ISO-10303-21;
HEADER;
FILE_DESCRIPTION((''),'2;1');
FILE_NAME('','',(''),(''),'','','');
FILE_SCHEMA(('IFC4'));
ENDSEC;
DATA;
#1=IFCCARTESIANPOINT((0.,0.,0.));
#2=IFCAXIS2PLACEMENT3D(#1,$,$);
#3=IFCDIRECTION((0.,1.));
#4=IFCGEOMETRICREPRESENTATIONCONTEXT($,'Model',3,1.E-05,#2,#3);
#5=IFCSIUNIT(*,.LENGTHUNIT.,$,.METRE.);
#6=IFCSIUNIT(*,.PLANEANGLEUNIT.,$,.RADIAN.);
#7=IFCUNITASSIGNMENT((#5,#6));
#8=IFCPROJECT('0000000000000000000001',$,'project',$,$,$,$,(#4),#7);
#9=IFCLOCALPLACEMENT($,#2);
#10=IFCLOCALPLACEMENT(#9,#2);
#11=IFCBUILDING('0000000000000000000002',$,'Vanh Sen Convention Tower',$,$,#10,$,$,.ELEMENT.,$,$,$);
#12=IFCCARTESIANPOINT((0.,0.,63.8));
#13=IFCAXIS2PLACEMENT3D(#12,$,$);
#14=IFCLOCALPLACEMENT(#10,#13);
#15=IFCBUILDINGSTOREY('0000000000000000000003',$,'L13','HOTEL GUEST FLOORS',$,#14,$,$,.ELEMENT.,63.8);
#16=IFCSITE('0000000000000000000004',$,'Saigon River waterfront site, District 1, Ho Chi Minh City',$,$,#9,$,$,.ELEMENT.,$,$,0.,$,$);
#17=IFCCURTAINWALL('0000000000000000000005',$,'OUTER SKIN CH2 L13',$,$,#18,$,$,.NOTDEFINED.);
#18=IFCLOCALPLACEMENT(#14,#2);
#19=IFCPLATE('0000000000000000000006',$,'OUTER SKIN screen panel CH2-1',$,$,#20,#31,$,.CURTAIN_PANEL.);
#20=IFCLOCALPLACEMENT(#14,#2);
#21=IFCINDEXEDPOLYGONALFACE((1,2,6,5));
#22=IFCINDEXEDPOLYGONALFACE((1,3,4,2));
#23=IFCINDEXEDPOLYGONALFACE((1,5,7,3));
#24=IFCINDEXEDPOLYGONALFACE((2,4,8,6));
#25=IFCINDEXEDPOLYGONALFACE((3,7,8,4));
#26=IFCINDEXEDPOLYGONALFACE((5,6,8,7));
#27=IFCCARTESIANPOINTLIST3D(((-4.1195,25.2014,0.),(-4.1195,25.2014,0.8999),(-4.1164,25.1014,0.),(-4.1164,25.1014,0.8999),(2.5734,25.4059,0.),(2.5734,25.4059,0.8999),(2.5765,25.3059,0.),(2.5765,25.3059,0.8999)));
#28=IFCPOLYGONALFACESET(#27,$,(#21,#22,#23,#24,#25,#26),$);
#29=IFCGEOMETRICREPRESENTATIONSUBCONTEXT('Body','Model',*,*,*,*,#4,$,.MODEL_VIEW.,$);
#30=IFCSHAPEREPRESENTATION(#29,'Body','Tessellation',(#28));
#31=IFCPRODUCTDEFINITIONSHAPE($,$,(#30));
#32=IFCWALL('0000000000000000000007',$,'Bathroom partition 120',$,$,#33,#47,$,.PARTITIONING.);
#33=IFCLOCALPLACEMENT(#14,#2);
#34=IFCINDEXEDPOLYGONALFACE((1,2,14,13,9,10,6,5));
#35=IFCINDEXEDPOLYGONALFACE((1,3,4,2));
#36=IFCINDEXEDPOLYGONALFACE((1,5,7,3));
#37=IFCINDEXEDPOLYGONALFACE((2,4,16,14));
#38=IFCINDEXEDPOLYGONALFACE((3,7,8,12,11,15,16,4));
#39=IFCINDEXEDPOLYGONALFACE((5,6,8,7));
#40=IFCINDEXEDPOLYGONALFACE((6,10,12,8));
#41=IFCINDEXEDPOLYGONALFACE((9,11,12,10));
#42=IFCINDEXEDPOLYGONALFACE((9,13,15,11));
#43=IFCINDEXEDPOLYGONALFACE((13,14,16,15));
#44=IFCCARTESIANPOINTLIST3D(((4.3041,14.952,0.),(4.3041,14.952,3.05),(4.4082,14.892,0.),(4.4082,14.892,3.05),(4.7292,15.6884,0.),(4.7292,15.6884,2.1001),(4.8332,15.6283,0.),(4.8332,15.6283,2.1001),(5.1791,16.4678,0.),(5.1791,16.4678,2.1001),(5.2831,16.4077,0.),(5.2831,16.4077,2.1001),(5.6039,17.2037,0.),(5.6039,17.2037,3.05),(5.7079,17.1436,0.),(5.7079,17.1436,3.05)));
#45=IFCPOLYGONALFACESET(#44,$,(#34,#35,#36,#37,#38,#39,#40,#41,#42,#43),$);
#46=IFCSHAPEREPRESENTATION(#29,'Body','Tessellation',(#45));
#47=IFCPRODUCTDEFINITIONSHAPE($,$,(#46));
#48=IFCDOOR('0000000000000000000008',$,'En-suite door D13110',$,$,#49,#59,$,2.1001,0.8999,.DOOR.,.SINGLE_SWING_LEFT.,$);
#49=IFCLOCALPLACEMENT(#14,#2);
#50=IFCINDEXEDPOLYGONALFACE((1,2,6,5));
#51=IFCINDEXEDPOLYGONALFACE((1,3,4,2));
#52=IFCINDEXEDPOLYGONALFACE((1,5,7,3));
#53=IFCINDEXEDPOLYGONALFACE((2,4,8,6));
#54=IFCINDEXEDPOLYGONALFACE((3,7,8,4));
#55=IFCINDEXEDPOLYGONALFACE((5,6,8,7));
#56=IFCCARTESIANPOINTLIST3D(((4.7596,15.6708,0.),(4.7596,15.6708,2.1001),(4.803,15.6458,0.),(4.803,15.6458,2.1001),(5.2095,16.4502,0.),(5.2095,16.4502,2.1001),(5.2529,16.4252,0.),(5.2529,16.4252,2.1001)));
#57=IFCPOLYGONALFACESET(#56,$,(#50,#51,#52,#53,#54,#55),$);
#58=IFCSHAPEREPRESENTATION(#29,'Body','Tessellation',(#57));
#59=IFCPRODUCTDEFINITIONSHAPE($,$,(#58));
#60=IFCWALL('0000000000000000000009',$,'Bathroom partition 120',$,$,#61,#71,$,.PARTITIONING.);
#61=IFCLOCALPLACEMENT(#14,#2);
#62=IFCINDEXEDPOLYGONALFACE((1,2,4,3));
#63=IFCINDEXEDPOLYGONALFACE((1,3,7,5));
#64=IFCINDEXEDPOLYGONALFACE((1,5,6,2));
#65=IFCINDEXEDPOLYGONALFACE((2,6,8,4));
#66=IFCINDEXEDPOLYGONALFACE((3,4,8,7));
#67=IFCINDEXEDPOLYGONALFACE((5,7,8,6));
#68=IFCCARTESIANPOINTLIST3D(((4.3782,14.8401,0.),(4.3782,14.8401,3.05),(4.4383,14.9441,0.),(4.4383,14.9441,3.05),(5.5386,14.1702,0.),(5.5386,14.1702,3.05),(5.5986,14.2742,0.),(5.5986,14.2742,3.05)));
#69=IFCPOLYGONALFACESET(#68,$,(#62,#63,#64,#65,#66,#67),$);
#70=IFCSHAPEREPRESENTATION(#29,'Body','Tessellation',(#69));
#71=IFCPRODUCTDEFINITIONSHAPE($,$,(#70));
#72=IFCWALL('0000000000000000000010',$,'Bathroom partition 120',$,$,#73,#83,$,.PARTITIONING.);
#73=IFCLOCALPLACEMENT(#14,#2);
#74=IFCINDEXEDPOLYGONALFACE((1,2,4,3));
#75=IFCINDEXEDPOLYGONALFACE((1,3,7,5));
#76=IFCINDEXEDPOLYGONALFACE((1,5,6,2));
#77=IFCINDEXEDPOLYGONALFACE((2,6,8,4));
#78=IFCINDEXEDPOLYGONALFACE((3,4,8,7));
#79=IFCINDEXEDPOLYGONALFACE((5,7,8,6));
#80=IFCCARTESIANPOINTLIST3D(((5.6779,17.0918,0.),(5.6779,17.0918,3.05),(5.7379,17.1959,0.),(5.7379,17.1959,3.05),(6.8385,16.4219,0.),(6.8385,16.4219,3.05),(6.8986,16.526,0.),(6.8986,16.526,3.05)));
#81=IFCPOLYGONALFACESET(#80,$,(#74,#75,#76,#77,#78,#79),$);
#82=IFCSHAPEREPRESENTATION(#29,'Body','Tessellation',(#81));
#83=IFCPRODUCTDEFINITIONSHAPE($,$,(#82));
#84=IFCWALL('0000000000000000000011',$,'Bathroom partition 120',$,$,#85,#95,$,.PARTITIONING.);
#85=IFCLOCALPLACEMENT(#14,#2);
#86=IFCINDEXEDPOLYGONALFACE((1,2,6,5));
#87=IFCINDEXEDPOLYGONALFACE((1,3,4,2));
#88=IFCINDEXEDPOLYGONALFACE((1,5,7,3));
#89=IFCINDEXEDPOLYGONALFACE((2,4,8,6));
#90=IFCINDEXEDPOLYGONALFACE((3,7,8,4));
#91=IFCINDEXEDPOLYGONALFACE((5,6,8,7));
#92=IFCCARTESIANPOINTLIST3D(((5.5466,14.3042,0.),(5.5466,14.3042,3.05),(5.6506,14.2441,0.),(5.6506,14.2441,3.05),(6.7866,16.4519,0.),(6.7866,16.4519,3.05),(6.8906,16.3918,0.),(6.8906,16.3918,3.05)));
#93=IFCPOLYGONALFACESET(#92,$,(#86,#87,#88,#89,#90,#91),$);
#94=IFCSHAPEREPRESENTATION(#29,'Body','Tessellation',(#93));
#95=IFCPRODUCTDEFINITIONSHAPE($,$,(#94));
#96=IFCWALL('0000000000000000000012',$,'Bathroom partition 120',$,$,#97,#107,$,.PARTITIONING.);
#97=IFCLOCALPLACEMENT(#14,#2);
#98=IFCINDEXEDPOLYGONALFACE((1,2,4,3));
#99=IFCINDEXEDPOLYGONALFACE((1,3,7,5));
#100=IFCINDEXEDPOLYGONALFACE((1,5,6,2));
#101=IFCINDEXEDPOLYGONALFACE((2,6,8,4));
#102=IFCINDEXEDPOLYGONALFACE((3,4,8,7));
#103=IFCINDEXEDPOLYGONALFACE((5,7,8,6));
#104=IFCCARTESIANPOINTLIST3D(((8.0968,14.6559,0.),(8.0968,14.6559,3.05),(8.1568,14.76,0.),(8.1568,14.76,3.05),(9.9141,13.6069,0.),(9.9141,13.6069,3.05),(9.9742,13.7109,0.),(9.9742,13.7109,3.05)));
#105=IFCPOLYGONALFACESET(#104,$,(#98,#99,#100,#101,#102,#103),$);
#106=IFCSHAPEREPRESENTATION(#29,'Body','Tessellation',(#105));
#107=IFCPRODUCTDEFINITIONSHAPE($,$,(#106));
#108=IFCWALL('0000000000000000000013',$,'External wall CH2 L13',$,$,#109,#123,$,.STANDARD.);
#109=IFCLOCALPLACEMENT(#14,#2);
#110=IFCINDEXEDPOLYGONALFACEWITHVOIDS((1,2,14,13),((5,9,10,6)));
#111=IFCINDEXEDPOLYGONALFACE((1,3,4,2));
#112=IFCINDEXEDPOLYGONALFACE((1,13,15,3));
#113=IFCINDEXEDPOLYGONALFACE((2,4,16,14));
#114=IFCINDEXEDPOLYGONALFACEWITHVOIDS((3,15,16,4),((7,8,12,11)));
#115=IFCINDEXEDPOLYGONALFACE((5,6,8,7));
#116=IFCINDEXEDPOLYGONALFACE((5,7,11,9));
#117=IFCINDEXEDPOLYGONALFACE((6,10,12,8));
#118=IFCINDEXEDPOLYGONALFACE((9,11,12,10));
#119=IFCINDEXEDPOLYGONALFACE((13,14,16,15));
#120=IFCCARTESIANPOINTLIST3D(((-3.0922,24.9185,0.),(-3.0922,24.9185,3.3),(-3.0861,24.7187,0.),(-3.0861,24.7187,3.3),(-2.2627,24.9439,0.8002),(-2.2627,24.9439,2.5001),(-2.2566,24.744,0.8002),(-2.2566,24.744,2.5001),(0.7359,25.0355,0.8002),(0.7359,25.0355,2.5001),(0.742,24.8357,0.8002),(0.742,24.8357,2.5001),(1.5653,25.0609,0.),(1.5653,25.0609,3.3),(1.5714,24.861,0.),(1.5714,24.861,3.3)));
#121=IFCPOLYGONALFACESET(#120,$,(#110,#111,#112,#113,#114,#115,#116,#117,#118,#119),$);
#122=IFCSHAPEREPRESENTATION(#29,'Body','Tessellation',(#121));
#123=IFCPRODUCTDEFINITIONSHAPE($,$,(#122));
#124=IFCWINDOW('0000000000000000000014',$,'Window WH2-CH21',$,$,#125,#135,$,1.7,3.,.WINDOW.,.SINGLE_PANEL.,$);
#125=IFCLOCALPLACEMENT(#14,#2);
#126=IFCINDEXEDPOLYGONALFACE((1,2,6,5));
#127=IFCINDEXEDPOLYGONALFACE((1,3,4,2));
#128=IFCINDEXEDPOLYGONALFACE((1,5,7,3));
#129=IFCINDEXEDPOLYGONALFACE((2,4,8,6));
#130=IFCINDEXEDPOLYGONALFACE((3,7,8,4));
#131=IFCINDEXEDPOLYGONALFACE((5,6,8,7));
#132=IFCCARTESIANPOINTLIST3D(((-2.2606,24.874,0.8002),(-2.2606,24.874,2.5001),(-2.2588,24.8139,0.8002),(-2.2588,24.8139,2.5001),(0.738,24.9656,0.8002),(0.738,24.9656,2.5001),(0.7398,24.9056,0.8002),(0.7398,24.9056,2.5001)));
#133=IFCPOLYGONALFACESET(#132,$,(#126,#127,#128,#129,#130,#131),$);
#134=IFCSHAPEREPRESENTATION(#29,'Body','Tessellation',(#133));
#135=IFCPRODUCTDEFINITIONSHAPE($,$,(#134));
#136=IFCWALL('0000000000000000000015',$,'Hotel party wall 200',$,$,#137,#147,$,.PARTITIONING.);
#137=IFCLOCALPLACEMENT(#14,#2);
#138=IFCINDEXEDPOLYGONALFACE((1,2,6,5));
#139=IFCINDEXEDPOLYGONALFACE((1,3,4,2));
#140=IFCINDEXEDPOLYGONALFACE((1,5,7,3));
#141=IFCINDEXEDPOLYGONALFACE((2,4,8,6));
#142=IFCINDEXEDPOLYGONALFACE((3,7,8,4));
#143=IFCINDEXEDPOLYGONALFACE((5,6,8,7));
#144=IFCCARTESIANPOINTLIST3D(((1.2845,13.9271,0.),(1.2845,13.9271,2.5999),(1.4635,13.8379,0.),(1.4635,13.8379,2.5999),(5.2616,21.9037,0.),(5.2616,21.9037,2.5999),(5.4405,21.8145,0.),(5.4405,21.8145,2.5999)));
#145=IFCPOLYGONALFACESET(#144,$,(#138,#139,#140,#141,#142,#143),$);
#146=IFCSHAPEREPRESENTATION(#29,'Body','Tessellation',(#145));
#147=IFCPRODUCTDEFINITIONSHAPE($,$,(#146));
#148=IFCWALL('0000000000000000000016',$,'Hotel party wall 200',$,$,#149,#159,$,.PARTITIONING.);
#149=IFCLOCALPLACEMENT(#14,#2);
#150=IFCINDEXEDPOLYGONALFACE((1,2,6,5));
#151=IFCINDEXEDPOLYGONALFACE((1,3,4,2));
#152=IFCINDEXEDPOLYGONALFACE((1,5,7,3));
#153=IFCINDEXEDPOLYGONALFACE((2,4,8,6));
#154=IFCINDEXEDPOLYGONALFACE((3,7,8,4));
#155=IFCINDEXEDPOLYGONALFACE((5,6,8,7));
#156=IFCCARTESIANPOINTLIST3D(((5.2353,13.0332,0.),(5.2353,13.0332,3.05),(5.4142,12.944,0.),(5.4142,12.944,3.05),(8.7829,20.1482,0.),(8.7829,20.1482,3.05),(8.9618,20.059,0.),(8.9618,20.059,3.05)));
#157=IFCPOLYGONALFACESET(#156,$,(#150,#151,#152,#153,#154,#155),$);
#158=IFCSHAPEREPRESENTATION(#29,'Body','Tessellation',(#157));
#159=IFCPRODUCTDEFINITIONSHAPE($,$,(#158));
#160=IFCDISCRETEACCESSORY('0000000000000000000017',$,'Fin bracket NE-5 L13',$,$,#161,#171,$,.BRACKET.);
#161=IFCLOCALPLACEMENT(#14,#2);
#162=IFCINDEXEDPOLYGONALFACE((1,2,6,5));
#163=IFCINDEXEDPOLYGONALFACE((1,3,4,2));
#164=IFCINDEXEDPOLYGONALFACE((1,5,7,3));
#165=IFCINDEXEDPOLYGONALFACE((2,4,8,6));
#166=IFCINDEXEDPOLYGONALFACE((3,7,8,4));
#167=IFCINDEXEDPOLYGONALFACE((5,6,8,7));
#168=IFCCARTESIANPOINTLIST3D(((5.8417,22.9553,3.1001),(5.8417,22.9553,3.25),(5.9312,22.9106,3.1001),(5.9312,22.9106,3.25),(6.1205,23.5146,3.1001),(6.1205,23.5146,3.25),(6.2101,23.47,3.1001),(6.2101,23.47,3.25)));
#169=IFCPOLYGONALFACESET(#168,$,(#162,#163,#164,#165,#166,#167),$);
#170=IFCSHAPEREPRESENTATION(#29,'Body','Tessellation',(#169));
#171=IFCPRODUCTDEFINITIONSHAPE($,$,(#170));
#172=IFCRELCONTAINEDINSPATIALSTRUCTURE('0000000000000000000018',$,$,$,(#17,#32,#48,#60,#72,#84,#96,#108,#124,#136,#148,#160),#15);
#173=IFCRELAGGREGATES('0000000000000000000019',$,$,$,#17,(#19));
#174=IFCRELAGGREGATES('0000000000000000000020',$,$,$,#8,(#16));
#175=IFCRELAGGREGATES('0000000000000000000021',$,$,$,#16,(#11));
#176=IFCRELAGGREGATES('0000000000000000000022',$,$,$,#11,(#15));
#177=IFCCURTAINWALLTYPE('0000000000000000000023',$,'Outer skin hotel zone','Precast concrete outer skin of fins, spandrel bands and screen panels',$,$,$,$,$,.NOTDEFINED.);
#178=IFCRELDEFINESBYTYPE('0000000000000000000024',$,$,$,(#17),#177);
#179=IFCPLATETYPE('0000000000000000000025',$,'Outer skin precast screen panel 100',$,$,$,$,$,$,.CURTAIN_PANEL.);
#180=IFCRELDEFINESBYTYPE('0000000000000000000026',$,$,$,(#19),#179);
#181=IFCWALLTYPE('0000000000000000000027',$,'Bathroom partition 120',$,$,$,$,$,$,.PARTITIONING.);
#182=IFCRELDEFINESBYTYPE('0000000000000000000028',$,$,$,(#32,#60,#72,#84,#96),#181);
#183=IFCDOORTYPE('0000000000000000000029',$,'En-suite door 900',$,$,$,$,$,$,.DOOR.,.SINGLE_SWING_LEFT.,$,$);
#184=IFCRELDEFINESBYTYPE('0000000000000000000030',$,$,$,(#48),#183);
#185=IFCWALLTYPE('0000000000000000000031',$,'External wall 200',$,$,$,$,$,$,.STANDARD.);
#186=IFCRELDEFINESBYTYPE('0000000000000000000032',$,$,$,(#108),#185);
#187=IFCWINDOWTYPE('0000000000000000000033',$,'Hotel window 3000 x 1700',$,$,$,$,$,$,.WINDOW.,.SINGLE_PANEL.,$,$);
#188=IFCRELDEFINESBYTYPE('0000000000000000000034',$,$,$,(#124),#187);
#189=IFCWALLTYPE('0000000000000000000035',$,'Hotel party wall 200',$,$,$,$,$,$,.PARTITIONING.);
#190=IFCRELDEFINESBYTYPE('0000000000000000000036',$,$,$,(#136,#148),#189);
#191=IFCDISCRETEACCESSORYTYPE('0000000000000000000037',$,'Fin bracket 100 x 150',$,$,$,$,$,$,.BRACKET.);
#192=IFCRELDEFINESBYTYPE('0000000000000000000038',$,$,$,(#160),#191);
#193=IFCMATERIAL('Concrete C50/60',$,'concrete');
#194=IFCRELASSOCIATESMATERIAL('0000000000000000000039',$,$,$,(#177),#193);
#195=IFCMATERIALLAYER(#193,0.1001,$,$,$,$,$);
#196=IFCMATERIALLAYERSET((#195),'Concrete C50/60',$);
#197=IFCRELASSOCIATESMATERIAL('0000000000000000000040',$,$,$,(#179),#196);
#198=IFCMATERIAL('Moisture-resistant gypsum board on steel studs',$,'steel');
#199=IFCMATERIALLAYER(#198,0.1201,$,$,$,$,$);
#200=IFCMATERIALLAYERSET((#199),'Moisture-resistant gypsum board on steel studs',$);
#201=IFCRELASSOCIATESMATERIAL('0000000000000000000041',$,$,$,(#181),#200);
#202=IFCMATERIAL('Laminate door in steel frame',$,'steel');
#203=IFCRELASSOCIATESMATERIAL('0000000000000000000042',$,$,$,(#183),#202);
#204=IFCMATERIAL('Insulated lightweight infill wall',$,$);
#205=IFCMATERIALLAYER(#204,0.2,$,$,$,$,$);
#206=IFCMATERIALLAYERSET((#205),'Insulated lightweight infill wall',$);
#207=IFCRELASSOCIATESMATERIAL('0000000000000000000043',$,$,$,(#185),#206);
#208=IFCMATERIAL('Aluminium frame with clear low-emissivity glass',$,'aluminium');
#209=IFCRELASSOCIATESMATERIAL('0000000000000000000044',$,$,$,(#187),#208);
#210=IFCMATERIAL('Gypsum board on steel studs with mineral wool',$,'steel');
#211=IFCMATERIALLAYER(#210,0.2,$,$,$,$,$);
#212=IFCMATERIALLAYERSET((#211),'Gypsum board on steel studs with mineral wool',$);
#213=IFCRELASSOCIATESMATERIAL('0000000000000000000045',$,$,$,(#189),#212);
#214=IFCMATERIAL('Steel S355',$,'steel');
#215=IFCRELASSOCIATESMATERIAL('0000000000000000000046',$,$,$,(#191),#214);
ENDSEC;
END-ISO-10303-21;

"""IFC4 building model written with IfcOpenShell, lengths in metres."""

from ifc_helpers import new_model, si_unit, direction, frame, frame_2d, origin, origin_2d, place, context, subcontext, project, spatial, rectangle, extrude, material, layer, layer_set, type_object, element, fill, aggregate, save


model = new_model("IFC4")

# Units and contexts
model_context = context("Model", 3, precision=1e-05, world=origin(), true_north=direction((0.0, 1.0)))
body_context = subcontext(model_context, "Body", "Model", "MODEL_VIEW")
ifc_project = project(units=[si_unit("LENGTHUNIT", "METRE"), si_unit("PLANEANGLEUNIT", "RADIAN")], contexts=[model_context])

# Site, building, storey
site_placement = place(None, origin())
site = spatial("IfcSite", under=ifc_project, at=site_placement, Name="Saigon River waterfront site, District 1, Ho Chi Minh City", CompositionType="ELEMENT", RefElevation=0.0)
building_placement = place(site_placement, origin())
building = spatial("IfcBuilding", under=site, at=building_placement, Name="Vanh Sen Convention Tower", CompositionType="ELEMENT")
storey_placement = place(building_placement, frame((0.0, 0.0, 63.8)))
storey = spatial("IfcBuildingStorey", under=building, at=storey_placement, Name="L13", Description="HOTEL GUEST FLOORS", CompositionType="ELEMENT", Elevation=63.8)

# Shared definitions
ifc_material_1 = material(Name="Concrete C50/60", Category="concrete")
curtain_wall_type = type_object("IfcCurtainWallType", Name="Outer skin hotel zone", Description="Precast concrete outer skin of fins, spandrel bands and screen panels", PredefinedType="NOTDEFINED", material=ifc_material_1)

# Curtain wall
curtain_wall_1_placement = place(storey_placement, origin())
curtain_wall_1 = element("IfcCurtainWall", 1, at=curtain_wall_1_placement, inside=storey, type_object=curtain_wall_type, Name="OUTER SKIN CH2 L13", PredefinedType="NOTDEFINED")

# Plate
ifc_layer_1 = layer(ifc_material_1, 0.1001)
ifc_layer_set_1 = layer_set([ifc_layer_1], Name="Concrete C50/60")
plate_type = type_object("IfcPlateType", Name="Outer skin precast screen panel 100", PredefinedType="CURTAIN_PANEL", material=ifc_layer_set_1)
plate_1_placement = place(storey_placement, frame((-0.7715, 25.2537, 0.0), z_axis=(0.0, 0.0, 1.0), x_axis=(-0.999534, -0.030537, 0.0)))
plate_1 = element("IfcPlate", 2, at=plate_1_placement, type_object=plate_type, Name="OUTER SKIN screen panel CH2-1", PredefinedType="CURTAIN_PANEL", context=body_context, shape_type="SweptSolid", body=[
    extrude(rectangle(XDim=6.696, YDim=0.1001, at=origin_2d()), origin(), (0.0, 0.0, 1.0), 0.8999),
])
aggregate(curtain_wall_1, [plate_1])

# Wall, opening, door
ifc_material_2 = material(Name="Moisture-resistant gypsum board on steel studs", Category="steel")
ifc_layer_2 = layer(ifc_material_2, 0.1201)
ifc_layer_set_2 = layer_set([ifc_layer_2], Name="Moisture-resistant gypsum board on steel studs")
wall_type_1 = type_object("IfcWallType", Name="Bathroom partition 120", PredefinedType="PARTITIONING", material=ifc_layer_set_2)
wall_1_placement = place(storey_placement, frame((4.3562, 14.9221, 0.0), z_axis=(0.0, 0.0, 1.0), x_axis=(0.499937, 0.866062, 0.0)))
wall_1 = element("IfcWall", 3, at=wall_1_placement, inside=storey, type_object=wall_type_1, Name="Bathroom partition 120", PredefinedType="PARTITIONING", context=body_context, shape_type="SweptSolid", body=[
    extrude(rectangle(XDim=2.5999, YDim=0.1201, at=frame_2d((1.2998, 0.0))), origin(), (0.0, 0.0, 1.0), 3.05),
])
opening_1_placement = place(wall_1_placement, frame((0.8501, 0.0, 0.0)))
opening_1 = element("IfcOpeningElement", 4, at=opening_1_placement, cuts=wall_1, PredefinedType="OPENING", context=body_context, shape_type="SweptSolid", body=[
    extrude(rectangle(XDim=0.8999, YDim=2.1001, at=frame_2d((0.45, 1.05))), frame((0.0, 0.0701, 0.0), z_axis=(0.0, -1.0, 0.0), x_axis=(1.0, 0.0, 0.0)), (0.0, 0.0, 1.0), 0.1401),
])
ifc_material_3 = material(Name="Laminate door in steel frame", Category="steel")
door_type = type_object("IfcDoorType", Name="En-suite door 900", OperationType="SINGLE_SWING_LEFT", PredefinedType="DOOR", material=ifc_material_3)
door_placement = place(opening_1_placement, origin())
door = element("IfcDoor", 5, at=door_placement, inside=storey, type_object=door_type, Name="En-suite door D13110", OperationType="SINGLE_SWING_LEFT", OverallHeight=2.1001, OverallWidth=0.8999, PredefinedType="DOOR", context=body_context, shape_type="SweptSolid", body=[
    extrude(rectangle(XDim=0.8999, YDim=2.1001, at=frame_2d((0.45, 1.05))), frame((0.0, 0.0249, 0.0), z_axis=(0.0, -1.0, 0.0), x_axis=(1.0, 0.0, 0.0)), (0.0, 0.0, 1.0), 0.05),
])
fill(opening_1, door)

# Walls
wall_2_placement = place(storey_placement, frame((5.5686, 14.2222, 0.0), z_axis=(0.0, 0.0, 1.0), x_axis=(-0.866037, 0.49998, 0.0)))
element("IfcWall", 6, at=wall_2_placement, inside=storey, type_object=wall_type_1, Name="Bathroom partition 120", PredefinedType="PARTITIONING", context=body_context, shape_type="SweptSolid", body=[
    extrude(rectangle(XDim=1.3398, YDim=0.1201, at=frame_2d((0.6699, 0.0))), origin(), (0.0, 0.0, 1.0), 3.05),
])
wall_3_placement = place(storey_placement, frame((5.708, 17.1438, 0.0), z_axis=(0.0, 0.0, 1.0), x_axis=(0.866082, -0.499901, 0.0)))
element("IfcWall", 7, at=wall_3_placement, inside=storey, type_object=wall_type_1, Name="Bathroom partition 120", PredefinedType="PARTITIONING", context=body_context, shape_type="SweptSolid", body=[
    extrude(rectangle(XDim=1.3401, YDim=0.1201, at=frame_2d((0.6699, 0.0))), origin(), (0.0, 0.0, 1.0), 3.05),
])
wall_4_placement = place(storey_placement, frame((6.8386, 16.4219, 0.0), z_axis=(0.0, 0.0, 1.0), x_axis=(-0.500004, -0.866023, 0.0)))
element("IfcWall", 8, at=wall_4_placement, inside=storey, type_object=wall_type_1, Name="Bathroom partition 120", PredefinedType="PARTITIONING", context=body_context, shape_type="SweptSolid", body=[
    extrude(rectangle(XDim=2.48, YDim=0.1201, at=frame_2d((1.24, 0.0))), origin(), (0.0, 0.0, 1.0), 3.05),
])
wall_5_placement = place(storey_placement, frame((8.1267, 14.708, 0.0), z_axis=(0.0, 0.0, 1.0), x_axis=(0.866065, -0.499931, 0.0)))
element("IfcWall", 9, at=wall_5_placement, inside=storey, type_object=wall_type_1, Name="Bathroom partition 120", PredefinedType="PARTITIONING", context=body_context, shape_type="SweptSolid", body=[
    extrude(rectangle(XDim=2.0984, YDim=0.1201, at=frame_2d((1.0493, 0.0))), origin(), (0.0, 0.0, 1.0), 3.05),
])

# Wall, opening, window
ifc_material_4 = material(Name="Insulated lightweight infill wall")
ifc_layer_3 = layer(ifc_material_4, 0.2)
ifc_layer_set_3 = layer_set([ifc_layer_3], Name="Insulated lightweight infill wall")
wall_type_2 = type_object("IfcWallType", Name="External wall 200", PredefinedType="STANDARD", material=ifc_layer_set_3)
wall_6_placement = place(storey_placement, frame((1.5684, 24.9609, 0.0), z_axis=(0.0, 0.0, 1.0), x_axis=(-0.999533, -0.030546, 0.0)))
wall_6 = element("IfcWall", 10, at=wall_6_placement, inside=storey, type_object=wall_type_2, Name="External wall CH2 L13", PredefinedType="STANDARD", context=body_context, shape_type="SweptSolid", body=[
    extrude(rectangle(XDim=4.6597, YDim=0.2, at=frame_2d((2.3298, 0.0))), origin(), (0.0, 0.0, 1.0), 3.3),
])
opening_2_placement = place(wall_6_placement, frame((0.8298, 0.0, 0.8)))
opening_2 = element("IfcOpeningElement", 11, at=opening_2_placement, cuts=wall_6, PredefinedType="OPENING", context=body_context, shape_type="SweptSolid", body=[
    extrude(rectangle(XDim=3.0, YDim=1.7, at=frame_2d((1.5, 0.8501))), frame((0.0, 0.1099, 0.0), z_axis=(0.0, -1.0, 0.0), x_axis=(1.0, 0.0, 0.0)), (0.0, 0.0, 1.0), 0.22),
])
ifc_material_5 = material(Name="Aluminium frame with clear low-emissivity glass", Category="aluminium")
window_type = type_object("IfcWindowType", Name="Hotel window 3000 x 1700", PartitioningType="SINGLE_PANEL", PredefinedType="WINDOW", material=ifc_material_5)
window_placement = place(opening_2_placement, origin())
window = element("IfcWindow", 12, at=window_placement, inside=storey, type_object=window_type, Name="Window WH2-CH21", OverallHeight=1.7, OverallWidth=3.0, PartitioningType="SINGLE_PANEL", PredefinedType="WINDOW", context=body_context, shape_type="SweptSolid", body=[
    extrude(rectangle(XDim=3.0, YDim=1.7, at=frame_2d((1.5, 0.8501))), frame((0.0, 0.03, 0.0), z_axis=(0.0, -1.0, 0.0), x_axis=(1.0, 0.0, 0.0)), (0.0, 0.0, 1.0), 0.0601),
])
fill(opening_2, window)

# Walls
ifc_material_6 = material(Name="Gypsum board on steel studs with mineral wool", Category="steel")
ifc_layer_4 = layer(ifc_material_6, 0.2)
ifc_layer_set_4 = layer_set([ifc_layer_4], Name="Gypsum board on steel studs with mineral wool")
wall_type_3 = type_object("IfcWallType", Name="Hotel party wall 200", PredefinedType="PARTITIONING", material=ifc_layer_set_4)
wall_7_placement = place(storey_placement, frame((5.3511, 21.8591, 0.0), z_axis=(0.0, 0.0, 1.0), x_axis=(-0.446205, -0.894931, 0.0)))
element("IfcWall", 13, at=wall_7_placement, inside=storey, type_object=wall_type_3, Name="Hotel party wall 200", PredefinedType="PARTITIONING", context=body_context, shape_type="SweptSolid", body=[
    extrude(rectangle(XDim=8.9131, YDim=0.2, at=frame_2d((4.4565, 0.0))), origin(), (0.0, 0.0, 1.0), 2.5999),
])
wall_8_placement = place(storey_placement, frame((8.8723, 20.1035, 0.0), z_axis=(0.0, 0.0, 1.0), x_axis=(-0.446218, -0.894924, 0.0)))
element("IfcWall", 14, at=wall_8_placement, inside=storey, type_object=wall_type_3, Name="Hotel party wall 200", PredefinedType="PARTITIONING", context=body_context, shape_type="SweptSolid", body=[
    extrude(rectangle(XDim=7.9504, YDim=0.2, at=frame_2d((3.9751, 0.0))), origin(), (0.0, 0.0, 1.0), 3.05),
])

# Discrete accessory
ifc_material_7 = material(Name="Steel S355", Category="steel")
discrete_accessory_type = type_object("IfcDiscreteAccessoryType", Name="Fin bracket 100 x 150", PredefinedType="BRACKET", material=ifc_material_7)
discrete_accessory_placement = place(storey_placement, frame((6.0259, 23.2126, 3.1001), z_axis=(0.0, 0.0, 1.0), x_axis=(0.446198, 0.894934, 0.0)))
element("IfcDiscreteAccessory", 15, at=discrete_accessory_placement, inside=storey, type_object=discrete_accessory_type, Name="Fin bracket NE-5 L13", PredefinedType="BRACKET", context=body_context, shape_type="SweptSolid", body=[
    extrude(rectangle(XDim=0.625, YDim=0.1001, at=origin_2d()), origin(), (0.0, 0.0, 1.0), 0.1499),
])

save(model, "model.ifc")
